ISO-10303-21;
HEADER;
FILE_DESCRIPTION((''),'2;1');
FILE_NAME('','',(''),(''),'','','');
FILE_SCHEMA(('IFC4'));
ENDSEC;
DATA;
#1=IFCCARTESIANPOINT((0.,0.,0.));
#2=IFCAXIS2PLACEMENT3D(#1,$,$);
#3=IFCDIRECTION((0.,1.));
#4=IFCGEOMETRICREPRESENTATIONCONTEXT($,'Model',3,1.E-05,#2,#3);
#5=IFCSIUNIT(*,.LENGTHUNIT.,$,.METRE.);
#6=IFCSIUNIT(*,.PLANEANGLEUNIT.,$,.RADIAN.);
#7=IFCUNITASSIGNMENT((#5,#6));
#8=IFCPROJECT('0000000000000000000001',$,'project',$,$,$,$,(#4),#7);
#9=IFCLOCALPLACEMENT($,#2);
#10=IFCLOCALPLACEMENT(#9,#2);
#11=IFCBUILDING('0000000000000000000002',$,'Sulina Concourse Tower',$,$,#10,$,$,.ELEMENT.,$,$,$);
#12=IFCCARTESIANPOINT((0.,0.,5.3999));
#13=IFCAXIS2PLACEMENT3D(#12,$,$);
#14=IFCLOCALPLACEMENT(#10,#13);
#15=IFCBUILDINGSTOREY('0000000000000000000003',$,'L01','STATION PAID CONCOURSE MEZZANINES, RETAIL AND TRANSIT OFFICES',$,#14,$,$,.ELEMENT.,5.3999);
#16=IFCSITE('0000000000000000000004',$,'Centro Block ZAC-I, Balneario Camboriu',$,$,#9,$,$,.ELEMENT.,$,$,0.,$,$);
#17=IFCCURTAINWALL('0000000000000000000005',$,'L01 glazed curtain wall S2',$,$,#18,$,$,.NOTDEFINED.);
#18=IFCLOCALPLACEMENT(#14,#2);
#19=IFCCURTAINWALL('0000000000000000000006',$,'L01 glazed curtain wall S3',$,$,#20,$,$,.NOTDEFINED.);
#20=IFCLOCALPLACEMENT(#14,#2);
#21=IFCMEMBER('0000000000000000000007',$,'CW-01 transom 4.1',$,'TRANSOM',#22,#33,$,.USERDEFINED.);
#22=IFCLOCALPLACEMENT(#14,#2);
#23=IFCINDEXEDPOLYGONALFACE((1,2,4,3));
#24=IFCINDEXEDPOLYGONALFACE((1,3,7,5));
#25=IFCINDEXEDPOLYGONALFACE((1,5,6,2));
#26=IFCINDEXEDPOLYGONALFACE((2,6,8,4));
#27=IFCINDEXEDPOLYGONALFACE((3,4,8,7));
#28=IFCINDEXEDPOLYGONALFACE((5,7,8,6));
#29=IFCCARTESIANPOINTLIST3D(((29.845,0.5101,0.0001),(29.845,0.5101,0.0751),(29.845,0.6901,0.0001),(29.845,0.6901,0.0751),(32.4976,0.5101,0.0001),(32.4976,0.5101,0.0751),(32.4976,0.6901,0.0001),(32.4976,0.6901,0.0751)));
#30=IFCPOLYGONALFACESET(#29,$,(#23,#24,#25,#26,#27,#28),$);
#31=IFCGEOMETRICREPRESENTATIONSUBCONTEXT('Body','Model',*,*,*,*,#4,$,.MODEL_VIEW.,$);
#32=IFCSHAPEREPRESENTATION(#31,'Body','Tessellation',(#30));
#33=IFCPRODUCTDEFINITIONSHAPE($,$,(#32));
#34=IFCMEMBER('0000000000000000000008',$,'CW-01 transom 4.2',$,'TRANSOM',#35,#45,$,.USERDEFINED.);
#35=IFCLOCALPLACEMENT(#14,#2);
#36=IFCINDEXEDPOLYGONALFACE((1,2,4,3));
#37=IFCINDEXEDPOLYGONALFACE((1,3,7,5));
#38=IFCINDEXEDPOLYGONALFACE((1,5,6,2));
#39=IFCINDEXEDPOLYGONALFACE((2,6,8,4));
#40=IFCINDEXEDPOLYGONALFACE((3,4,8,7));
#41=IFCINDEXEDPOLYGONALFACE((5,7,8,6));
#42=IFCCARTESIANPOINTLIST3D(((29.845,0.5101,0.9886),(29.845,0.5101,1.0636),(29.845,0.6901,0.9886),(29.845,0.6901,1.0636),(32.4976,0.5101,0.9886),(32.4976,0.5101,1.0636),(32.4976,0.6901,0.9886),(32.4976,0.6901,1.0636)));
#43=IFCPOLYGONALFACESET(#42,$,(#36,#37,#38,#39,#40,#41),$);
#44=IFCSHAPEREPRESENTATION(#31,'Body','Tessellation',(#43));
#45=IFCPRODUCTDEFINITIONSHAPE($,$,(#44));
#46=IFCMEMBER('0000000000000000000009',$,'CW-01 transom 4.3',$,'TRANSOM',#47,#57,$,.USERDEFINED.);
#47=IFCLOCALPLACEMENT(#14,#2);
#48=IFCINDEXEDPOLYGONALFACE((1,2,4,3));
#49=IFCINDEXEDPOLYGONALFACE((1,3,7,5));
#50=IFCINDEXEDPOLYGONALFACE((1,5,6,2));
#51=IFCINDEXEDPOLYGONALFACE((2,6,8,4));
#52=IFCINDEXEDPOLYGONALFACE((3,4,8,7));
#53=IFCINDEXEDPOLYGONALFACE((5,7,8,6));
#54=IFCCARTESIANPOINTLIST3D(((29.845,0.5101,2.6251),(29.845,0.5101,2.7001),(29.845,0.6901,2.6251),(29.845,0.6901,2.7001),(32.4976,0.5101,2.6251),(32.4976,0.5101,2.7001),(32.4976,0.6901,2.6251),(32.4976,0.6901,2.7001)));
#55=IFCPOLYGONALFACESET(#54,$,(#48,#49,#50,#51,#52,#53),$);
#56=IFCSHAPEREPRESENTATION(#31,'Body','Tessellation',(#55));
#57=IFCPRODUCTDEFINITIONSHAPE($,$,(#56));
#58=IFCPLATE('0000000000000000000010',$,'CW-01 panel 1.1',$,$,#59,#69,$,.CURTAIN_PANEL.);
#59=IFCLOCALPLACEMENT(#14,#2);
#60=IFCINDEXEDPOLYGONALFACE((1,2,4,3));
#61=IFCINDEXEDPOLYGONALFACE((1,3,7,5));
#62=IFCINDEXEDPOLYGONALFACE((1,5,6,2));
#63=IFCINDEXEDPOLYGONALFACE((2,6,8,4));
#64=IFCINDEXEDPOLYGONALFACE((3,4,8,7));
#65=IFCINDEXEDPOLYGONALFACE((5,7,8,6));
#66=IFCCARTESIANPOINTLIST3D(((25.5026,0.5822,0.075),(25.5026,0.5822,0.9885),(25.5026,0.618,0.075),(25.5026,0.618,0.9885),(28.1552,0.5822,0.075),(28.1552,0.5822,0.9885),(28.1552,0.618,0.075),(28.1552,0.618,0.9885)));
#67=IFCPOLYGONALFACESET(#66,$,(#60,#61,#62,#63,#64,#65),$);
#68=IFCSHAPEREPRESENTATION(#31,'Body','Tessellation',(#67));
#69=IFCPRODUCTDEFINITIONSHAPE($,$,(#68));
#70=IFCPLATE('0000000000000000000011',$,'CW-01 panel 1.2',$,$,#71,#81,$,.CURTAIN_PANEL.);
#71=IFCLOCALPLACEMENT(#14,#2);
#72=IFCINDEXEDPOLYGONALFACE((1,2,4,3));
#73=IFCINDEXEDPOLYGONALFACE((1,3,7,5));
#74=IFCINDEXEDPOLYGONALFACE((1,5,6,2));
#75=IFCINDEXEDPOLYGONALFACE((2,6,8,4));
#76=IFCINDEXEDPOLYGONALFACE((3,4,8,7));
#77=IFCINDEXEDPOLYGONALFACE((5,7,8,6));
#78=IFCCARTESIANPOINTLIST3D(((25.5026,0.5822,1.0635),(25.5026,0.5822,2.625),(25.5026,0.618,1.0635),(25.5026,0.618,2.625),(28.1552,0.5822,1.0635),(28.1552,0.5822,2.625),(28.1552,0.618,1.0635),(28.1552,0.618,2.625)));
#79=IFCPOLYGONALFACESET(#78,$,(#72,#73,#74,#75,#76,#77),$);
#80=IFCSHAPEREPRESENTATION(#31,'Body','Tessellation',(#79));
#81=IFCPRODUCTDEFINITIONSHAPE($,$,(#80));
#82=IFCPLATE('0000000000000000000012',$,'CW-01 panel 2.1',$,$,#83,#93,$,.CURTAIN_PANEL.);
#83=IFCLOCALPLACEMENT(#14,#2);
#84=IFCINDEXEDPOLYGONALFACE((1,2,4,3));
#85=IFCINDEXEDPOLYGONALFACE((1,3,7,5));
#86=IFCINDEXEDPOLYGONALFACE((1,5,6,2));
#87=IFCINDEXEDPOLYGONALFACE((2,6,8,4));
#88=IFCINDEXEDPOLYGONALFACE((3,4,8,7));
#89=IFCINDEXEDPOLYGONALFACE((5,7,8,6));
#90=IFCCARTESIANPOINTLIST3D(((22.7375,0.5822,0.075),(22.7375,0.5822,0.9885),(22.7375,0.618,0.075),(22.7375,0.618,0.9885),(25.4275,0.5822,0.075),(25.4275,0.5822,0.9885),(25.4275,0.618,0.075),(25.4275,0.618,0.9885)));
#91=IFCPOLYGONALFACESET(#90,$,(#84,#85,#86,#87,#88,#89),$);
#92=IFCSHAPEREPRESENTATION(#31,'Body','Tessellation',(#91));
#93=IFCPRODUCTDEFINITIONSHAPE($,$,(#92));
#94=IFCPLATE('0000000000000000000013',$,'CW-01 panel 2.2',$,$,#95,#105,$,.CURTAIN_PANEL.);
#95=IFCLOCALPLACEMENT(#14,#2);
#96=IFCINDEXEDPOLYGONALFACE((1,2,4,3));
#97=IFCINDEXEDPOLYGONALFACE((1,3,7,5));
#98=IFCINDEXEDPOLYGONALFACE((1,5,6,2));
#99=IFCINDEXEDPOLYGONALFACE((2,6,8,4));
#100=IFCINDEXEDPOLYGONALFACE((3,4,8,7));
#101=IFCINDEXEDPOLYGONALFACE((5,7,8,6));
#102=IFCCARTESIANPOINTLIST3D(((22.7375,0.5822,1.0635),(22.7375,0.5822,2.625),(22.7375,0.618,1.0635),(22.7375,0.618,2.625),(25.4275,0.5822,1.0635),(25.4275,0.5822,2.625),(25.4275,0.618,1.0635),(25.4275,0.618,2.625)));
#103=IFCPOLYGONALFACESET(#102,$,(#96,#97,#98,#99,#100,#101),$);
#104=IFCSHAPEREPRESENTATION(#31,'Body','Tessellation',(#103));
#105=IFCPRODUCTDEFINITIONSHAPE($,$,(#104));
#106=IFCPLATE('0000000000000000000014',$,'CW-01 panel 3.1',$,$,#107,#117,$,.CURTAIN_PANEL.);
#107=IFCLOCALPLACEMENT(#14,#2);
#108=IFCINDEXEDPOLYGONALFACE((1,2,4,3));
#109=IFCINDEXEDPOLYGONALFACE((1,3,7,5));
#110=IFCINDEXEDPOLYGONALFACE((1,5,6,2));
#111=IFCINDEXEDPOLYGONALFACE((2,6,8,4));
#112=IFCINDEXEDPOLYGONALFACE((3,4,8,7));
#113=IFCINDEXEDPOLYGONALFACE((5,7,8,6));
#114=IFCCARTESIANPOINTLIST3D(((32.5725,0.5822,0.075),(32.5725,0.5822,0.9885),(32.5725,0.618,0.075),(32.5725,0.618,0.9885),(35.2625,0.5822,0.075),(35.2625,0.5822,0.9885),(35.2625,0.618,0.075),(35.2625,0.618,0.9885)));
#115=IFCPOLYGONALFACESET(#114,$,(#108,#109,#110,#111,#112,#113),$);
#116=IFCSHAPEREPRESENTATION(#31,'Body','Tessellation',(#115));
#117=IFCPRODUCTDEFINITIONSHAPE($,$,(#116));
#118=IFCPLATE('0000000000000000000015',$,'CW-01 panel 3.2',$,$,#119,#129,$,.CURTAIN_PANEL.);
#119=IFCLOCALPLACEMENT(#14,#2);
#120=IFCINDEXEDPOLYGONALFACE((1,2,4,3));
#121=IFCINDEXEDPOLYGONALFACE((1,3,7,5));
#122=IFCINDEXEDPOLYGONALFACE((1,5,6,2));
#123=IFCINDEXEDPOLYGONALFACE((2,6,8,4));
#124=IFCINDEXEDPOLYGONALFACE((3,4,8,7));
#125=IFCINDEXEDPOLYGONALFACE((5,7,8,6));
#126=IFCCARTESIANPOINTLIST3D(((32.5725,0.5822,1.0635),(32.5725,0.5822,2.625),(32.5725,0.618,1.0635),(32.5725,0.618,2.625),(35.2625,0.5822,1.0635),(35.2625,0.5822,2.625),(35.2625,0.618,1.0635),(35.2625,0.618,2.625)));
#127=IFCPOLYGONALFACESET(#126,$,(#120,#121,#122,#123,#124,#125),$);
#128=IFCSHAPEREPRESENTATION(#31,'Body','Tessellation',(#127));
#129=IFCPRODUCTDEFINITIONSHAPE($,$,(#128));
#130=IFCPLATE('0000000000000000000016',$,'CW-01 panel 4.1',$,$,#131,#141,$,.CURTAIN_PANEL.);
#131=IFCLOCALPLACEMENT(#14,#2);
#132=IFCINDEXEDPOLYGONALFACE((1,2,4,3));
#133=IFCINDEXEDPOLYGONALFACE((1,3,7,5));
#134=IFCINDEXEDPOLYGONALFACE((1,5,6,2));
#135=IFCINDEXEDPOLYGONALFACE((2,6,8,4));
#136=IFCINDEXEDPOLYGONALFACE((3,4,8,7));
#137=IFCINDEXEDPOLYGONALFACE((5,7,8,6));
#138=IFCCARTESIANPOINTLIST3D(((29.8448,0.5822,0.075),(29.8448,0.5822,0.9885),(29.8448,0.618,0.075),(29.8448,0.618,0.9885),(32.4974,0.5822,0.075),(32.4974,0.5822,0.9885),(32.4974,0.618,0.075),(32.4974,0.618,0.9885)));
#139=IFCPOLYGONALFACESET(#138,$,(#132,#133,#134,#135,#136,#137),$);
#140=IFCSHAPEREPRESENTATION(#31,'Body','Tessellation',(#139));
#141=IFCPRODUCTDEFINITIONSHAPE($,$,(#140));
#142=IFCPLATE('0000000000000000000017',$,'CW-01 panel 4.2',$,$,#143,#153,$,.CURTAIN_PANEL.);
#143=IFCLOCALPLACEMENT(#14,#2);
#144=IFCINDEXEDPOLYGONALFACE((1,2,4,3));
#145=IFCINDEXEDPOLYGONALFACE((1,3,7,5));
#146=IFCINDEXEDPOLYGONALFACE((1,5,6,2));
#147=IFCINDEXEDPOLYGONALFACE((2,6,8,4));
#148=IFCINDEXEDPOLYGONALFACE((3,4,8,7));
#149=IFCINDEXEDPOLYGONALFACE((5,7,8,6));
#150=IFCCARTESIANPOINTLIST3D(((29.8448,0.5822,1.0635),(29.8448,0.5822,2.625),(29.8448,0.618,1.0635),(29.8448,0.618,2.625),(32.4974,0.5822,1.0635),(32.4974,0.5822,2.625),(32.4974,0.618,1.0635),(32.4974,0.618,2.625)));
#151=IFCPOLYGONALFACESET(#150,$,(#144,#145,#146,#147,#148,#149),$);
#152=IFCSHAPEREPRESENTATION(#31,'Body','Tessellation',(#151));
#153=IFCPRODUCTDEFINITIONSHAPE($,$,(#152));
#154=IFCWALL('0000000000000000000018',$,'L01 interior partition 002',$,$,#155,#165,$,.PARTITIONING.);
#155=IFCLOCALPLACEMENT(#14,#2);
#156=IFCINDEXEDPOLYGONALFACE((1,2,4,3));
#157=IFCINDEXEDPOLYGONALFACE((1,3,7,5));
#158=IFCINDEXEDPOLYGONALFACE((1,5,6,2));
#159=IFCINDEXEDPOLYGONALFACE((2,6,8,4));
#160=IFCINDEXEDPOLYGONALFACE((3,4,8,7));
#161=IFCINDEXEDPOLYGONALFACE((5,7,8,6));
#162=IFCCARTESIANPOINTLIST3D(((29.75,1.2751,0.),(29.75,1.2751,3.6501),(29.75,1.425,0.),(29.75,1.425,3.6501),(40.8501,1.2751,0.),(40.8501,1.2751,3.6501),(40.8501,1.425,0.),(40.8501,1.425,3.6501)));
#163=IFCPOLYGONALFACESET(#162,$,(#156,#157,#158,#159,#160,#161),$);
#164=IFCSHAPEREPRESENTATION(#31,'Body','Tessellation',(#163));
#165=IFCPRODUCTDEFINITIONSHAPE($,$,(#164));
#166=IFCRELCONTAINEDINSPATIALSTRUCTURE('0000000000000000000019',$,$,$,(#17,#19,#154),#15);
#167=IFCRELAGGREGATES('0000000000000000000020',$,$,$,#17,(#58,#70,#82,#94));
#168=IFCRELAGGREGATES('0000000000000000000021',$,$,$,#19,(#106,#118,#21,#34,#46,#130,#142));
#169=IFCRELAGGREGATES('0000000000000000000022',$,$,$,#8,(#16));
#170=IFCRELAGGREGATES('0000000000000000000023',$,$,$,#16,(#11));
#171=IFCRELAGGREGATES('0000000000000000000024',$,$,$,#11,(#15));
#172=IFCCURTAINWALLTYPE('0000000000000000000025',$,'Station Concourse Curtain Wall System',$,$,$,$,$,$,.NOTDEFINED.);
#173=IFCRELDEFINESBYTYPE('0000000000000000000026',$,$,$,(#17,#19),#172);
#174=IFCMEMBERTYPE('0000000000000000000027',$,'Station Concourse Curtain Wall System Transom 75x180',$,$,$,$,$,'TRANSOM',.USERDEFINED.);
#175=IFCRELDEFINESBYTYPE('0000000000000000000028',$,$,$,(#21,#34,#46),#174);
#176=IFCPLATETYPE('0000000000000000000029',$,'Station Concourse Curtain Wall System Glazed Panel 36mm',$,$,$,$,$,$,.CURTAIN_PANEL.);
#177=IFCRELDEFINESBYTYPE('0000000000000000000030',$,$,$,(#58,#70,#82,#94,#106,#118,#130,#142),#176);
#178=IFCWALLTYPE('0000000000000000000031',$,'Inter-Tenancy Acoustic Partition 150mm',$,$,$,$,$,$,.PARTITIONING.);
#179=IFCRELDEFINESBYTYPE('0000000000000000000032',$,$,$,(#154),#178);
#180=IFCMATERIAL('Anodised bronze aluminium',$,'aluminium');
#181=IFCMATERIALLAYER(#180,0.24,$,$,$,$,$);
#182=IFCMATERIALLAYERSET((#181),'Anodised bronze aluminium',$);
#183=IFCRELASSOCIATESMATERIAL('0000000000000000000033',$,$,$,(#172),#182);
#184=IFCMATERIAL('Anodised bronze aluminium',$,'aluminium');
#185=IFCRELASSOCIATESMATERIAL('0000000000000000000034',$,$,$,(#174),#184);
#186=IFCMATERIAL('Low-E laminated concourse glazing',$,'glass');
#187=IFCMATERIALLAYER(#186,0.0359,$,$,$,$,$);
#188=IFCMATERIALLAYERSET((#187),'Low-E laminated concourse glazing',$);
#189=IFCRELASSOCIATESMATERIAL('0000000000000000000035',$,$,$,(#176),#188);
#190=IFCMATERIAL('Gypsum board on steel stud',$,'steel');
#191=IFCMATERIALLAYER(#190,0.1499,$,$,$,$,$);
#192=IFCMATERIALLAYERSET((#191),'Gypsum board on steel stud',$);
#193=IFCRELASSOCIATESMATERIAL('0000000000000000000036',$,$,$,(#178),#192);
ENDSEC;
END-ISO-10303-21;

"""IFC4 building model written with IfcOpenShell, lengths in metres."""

from ifc_helpers import new_model, si_unit, direction, frame, frame_2d, origin, origin_2d, place, context, subcontext, project, spatial, rectangle, extrude, material, layer, layer_set, material_profile, profile_set, type_object, element, aggregate, save


model = new_model("IFC4")

# Units and contexts
model_context = context("Model", 3, precision=1e-05, world=origin(), true_north=direction((0.0, 1.0)))
body_context = subcontext(model_context, "Body", "Model", "MODEL_VIEW")
ifc_project = project(units=[si_unit("LENGTHUNIT", "METRE"), si_unit("PLANEANGLEUNIT", "RADIAN")], contexts=[model_context])

# Site, building, storey
site_placement = place(None, origin())
site = spatial("IfcSite", under=ifc_project, at=site_placement, Name="Centro Block ZAC-I, Balneario Camboriu", CompositionType="ELEMENT", RefElevation=0.0)
building_placement = place(site_placement, origin())
building = spatial("IfcBuilding", under=site, at=building_placement, Name="Sulina Concourse Tower", CompositionType="ELEMENT")
storey_placement = place(building_placement, frame((0.0, 0.0, 5.3999)))
storey = spatial("IfcBuildingStorey", under=building, at=storey_placement, Name="L01", Description="STATION PAID CONCOURSE MEZZANINES, RETAIL AND TRANSIT OFFICES", CompositionType="ELEMENT", Elevation=5.3999)

# Curtain walls
ifc_material_1 = material(Name="Anodised bronze aluminium", Category="aluminium")
ifc_layer_1 = layer(ifc_material_1, 0.24)
ifc_layer_set_1 = layer_set([ifc_layer_1], Name="Anodised bronze aluminium")
curtain_wall_type = type_object("IfcCurtainWallType", Name="Station Concourse Curtain Wall System", PredefinedType="NOTDEFINED", material=ifc_layer_set_1)
curtain_wall_1_placement = place(storey_placement, origin())
curtain_wall_1 = element("IfcCurtainWall", 1, at=curtain_wall_1_placement, inside=storey, type_object=curtain_wall_type, Name="L01 glazed curtain wall S2", PredefinedType="NOTDEFINED")
curtain_wall_2_placement = place(storey_placement, origin())
curtain_wall_2 = element("IfcCurtainWall", 2, at=curtain_wall_2_placement, inside=storey, type_object=curtain_wall_type, Name="L01 glazed curtain wall S3", PredefinedType="NOTDEFINED")

# Members
ifc_material_2 = material(Name="Anodised bronze aluminium", Category="aluminium")
ifc_material_profile_1 = material_profile(ifc_material_2, rectangle(XDim=0.1799, YDim=0.075, at=origin_2d()), Name="TRN 75x180")
ifc_profile_set_1 = profile_set([ifc_material_profile_1], Name="Anodised bronze aluminium")
member_type_1 = type_object("IfcMemberType", Name="Station Concourse Curtain Wall System Transom 75x180", ElementType="TRANSOM", PredefinedType="USERDEFINED", material=ifc_profile_set_1)
member_1_placement = place(storey_placement, frame((32.4976, 0.6001, 0.0376), z_axis=(-1.0, 0.0, 0.0), x_axis=(0.0, -1.0, 0.0)))
member_1 = element("IfcMember", 3, at=member_1_placement, type_object=member_type_1, Name="CW-01 transom 4.1", ObjectType="TRANSOM", PredefinedType="USERDEFINED", context=body_context, shape_type="SweptSolid", body=[
    extrude(rectangle(XDim=0.1799, YDim=0.075, at=origin_2d()), origin(), (0.0, 0.0, 1.0), 2.6526),
])
member_2_placement = place(storey_placement, frame((32.4976, 0.6001, 1.0261), z_axis=(-1.0, 0.0, 0.0), x_axis=(0.0, -1.0, 0.0)))
member_2 = element("IfcMember", 4, at=member_2_placement, type_object=member_type_1, Name="CW-01 transom 4.2", ObjectType="TRANSOM", PredefinedType="USERDEFINED", context=body_context, shape_type="SweptSolid", body=[
    extrude(rectangle(XDim=0.1799, YDim=0.075, at=origin_2d()), origin(), (0.0, 0.0, 1.0), 2.6526),
])
member_3_placement = place(storey_placement, frame((32.4976, 0.6001, 2.6626), z_axis=(-1.0, 0.0, 0.0), x_axis=(0.0, -1.0, 0.0)))
member_3 = element("IfcMember", 5, at=member_3_placement, type_object=member_type_1, Name="CW-01 transom 4.3", ObjectType="TRANSOM", PredefinedType="USERDEFINED", context=body_context, shape_type="SweptSolid", body=[
    extrude(rectangle(XDim=0.1799, YDim=0.075, at=origin_2d()), origin(), (0.0, 0.0, 1.0), 2.6526),
])

# Plates
ifc_material_3 = material(Name="Low-E laminated concourse glazing", Category="glass")
ifc_layer_2 = layer(ifc_material_3, 0.0359)
ifc_layer_set_2 = layer_set([ifc_layer_2], Name="Low-E laminated concourse glazing")
plate_type = type_object("IfcPlateType", Name="Station Concourse Curtain Wall System Glazed Panel 36mm", PredefinedType="CURTAIN_PANEL", material=ifc_layer_set_2)
plate_1_placement = place(storey_placement, frame((26.8289, 0.6001, 0.075), z_axis=(0.0, 0.0, 1.0), x_axis=(-1.0, 0.0, 0.0)))
plate_1 = element("IfcPlate", 6, at=plate_1_placement, type_object=plate_type, Name="CW-01 panel 1.1", PredefinedType="CURTAIN_PANEL", context=body_context, shape_type="SweptSolid", body=[
    extrude(rectangle(XDim=2.6526, YDim=0.0359, at=origin_2d()), origin(), (0.0, 0.0, 1.0), 0.9136),
])
plate_2_placement = place(storey_placement, frame((26.8289, 0.6001, 1.0635), z_axis=(0.0, 0.0, 1.0), x_axis=(-1.0, 0.0, 0.0)))
plate_2 = element("IfcPlate", 7, at=plate_2_placement, type_object=plate_type, Name="CW-01 panel 1.2", PredefinedType="CURTAIN_PANEL", context=body_context, shape_type="SweptSolid", body=[
    extrude(rectangle(XDim=2.6526, YDim=0.0359, at=origin_2d()), origin(), (0.0, 0.0, 1.0), 1.5615),
])
plate_3_placement = place(storey_placement, frame((24.0825, 0.6001, 0.075), z_axis=(0.0, 0.0, 1.0), x_axis=(-1.0, 0.0, 0.0)))
plate_3 = element("IfcPlate", 8, at=plate_3_placement, type_object=plate_type, Name="CW-01 panel 2.1", PredefinedType="CURTAIN_PANEL", context=body_context, shape_type="SweptSolid", body=[
    extrude(rectangle(XDim=2.6899, YDim=0.0359, at=origin_2d()), origin(), (0.0, 0.0, 1.0), 0.9136),
])
plate_4_placement = place(storey_placement, frame((24.0825, 0.6001, 1.0635), z_axis=(0.0, 0.0, 1.0), x_axis=(-1.0, 0.0, 0.0)))
plate_4 = element("IfcPlate", 9, at=plate_4_placement, type_object=plate_type, Name="CW-01 panel 2.2", PredefinedType="CURTAIN_PANEL", context=body_context, shape_type="SweptSolid", body=[
    extrude(rectangle(XDim=2.6899, YDim=0.0359, at=origin_2d()), origin(), (0.0, 0.0, 1.0), 1.5615),
])
aggregate(curtain_wall_1, [plate_1, plate_2, plate_3, plate_4])
plate_5_placement = place(storey_placement, frame((33.9175, 0.6001, 0.075), z_axis=(0.0, 0.0, 1.0), x_axis=(-1.0, 0.0, 0.0)))
plate_5 = element("IfcPlate", 10, at=plate_5_placement, type_object=plate_type, Name="CW-01 panel 3.1", PredefinedType="CURTAIN_PANEL", context=body_context, shape_type="SweptSolid", body=[
    extrude(rectangle(XDim=2.6899, YDim=0.0359, at=origin_2d()), origin(), (0.0, 0.0, 1.0), 0.9136),
])
plate_6_placement = place(storey_placement, frame((33.9175, 0.6001, 1.0635), z_axis=(0.0, 0.0, 1.0), x_axis=(-1.0, 0.0, 0.0)))
plate_6 = element("IfcPlate", 11, at=plate_6_placement, type_object=plate_type, Name="CW-01 panel 3.2", PredefinedType="CURTAIN_PANEL", context=body_context, shape_type="SweptSolid", body=[
    extrude(rectangle(XDim=2.6899, YDim=0.0359, at=origin_2d()), origin(), (0.0, 0.0, 1.0), 1.5615),
])
plate_7_placement = place(storey_placement, frame((31.1711, 0.6001, 0.075), z_axis=(0.0, 0.0, 1.0), x_axis=(-1.0, 0.0, 0.0)))
plate_7 = element("IfcPlate", 12, at=plate_7_placement, type_object=plate_type, Name="CW-01 panel 4.1", PredefinedType="CURTAIN_PANEL", context=body_context, shape_type="SweptSolid", body=[
    extrude(rectangle(XDim=2.6526, YDim=0.0359, at=origin_2d()), origin(), (0.0, 0.0, 1.0), 0.9136),
])
plate_8_placement = place(storey_placement, frame((31.1711, 0.6001, 1.0635), z_axis=(0.0, 0.0, 1.0), x_axis=(-1.0, 0.0, 0.0)))
plate_8 = element("IfcPlate", 13, at=plate_8_placement, type_object=plate_type, Name="CW-01 panel 4.2", PredefinedType="CURTAIN_PANEL", context=body_context, shape_type="SweptSolid", body=[
    extrude(rectangle(XDim=2.6526, YDim=0.0359, at=origin_2d()), origin(), (0.0, 0.0, 1.0), 1.5615),
])
aggregate(curtain_wall_2, [plate_5, plate_6, member_1, member_2, member_3, plate_7, plate_8])

# Wall
ifc_material_4 = material(Name="Gypsum board on steel stud", Category="steel")
ifc_layer_3 = layer(ifc_material_4, 0.1499)
ifc_layer_set_3 = layer_set([ifc_layer_3], Name="Gypsum board on steel stud")
wall_type = type_object("IfcWallType", Name="Inter-Tenancy Acoustic Partition 150mm", PredefinedType="PARTITIONING", material=ifc_layer_set_3)
wall_placement = place(storey_placement, frame((29.75, 1.3501, 0.0), z_axis=(0.0, 0.0, 1.0), x_axis=(1.0, 0.0, 0.0)))
element("IfcWall", 14, at=wall_placement, inside=storey, type_object=wall_type, Name="L01 interior partition 002", PredefinedType="PARTITIONING", context=body_context, shape_type="SweptSolid", body=[
    extrude(rectangle(XDim=11.1001, YDim=0.1499, at=frame_2d((5.55, 0.0))), origin(), (0.0, 0.0, 1.0), 3.6501),
])

save(model, "model.ifc")
